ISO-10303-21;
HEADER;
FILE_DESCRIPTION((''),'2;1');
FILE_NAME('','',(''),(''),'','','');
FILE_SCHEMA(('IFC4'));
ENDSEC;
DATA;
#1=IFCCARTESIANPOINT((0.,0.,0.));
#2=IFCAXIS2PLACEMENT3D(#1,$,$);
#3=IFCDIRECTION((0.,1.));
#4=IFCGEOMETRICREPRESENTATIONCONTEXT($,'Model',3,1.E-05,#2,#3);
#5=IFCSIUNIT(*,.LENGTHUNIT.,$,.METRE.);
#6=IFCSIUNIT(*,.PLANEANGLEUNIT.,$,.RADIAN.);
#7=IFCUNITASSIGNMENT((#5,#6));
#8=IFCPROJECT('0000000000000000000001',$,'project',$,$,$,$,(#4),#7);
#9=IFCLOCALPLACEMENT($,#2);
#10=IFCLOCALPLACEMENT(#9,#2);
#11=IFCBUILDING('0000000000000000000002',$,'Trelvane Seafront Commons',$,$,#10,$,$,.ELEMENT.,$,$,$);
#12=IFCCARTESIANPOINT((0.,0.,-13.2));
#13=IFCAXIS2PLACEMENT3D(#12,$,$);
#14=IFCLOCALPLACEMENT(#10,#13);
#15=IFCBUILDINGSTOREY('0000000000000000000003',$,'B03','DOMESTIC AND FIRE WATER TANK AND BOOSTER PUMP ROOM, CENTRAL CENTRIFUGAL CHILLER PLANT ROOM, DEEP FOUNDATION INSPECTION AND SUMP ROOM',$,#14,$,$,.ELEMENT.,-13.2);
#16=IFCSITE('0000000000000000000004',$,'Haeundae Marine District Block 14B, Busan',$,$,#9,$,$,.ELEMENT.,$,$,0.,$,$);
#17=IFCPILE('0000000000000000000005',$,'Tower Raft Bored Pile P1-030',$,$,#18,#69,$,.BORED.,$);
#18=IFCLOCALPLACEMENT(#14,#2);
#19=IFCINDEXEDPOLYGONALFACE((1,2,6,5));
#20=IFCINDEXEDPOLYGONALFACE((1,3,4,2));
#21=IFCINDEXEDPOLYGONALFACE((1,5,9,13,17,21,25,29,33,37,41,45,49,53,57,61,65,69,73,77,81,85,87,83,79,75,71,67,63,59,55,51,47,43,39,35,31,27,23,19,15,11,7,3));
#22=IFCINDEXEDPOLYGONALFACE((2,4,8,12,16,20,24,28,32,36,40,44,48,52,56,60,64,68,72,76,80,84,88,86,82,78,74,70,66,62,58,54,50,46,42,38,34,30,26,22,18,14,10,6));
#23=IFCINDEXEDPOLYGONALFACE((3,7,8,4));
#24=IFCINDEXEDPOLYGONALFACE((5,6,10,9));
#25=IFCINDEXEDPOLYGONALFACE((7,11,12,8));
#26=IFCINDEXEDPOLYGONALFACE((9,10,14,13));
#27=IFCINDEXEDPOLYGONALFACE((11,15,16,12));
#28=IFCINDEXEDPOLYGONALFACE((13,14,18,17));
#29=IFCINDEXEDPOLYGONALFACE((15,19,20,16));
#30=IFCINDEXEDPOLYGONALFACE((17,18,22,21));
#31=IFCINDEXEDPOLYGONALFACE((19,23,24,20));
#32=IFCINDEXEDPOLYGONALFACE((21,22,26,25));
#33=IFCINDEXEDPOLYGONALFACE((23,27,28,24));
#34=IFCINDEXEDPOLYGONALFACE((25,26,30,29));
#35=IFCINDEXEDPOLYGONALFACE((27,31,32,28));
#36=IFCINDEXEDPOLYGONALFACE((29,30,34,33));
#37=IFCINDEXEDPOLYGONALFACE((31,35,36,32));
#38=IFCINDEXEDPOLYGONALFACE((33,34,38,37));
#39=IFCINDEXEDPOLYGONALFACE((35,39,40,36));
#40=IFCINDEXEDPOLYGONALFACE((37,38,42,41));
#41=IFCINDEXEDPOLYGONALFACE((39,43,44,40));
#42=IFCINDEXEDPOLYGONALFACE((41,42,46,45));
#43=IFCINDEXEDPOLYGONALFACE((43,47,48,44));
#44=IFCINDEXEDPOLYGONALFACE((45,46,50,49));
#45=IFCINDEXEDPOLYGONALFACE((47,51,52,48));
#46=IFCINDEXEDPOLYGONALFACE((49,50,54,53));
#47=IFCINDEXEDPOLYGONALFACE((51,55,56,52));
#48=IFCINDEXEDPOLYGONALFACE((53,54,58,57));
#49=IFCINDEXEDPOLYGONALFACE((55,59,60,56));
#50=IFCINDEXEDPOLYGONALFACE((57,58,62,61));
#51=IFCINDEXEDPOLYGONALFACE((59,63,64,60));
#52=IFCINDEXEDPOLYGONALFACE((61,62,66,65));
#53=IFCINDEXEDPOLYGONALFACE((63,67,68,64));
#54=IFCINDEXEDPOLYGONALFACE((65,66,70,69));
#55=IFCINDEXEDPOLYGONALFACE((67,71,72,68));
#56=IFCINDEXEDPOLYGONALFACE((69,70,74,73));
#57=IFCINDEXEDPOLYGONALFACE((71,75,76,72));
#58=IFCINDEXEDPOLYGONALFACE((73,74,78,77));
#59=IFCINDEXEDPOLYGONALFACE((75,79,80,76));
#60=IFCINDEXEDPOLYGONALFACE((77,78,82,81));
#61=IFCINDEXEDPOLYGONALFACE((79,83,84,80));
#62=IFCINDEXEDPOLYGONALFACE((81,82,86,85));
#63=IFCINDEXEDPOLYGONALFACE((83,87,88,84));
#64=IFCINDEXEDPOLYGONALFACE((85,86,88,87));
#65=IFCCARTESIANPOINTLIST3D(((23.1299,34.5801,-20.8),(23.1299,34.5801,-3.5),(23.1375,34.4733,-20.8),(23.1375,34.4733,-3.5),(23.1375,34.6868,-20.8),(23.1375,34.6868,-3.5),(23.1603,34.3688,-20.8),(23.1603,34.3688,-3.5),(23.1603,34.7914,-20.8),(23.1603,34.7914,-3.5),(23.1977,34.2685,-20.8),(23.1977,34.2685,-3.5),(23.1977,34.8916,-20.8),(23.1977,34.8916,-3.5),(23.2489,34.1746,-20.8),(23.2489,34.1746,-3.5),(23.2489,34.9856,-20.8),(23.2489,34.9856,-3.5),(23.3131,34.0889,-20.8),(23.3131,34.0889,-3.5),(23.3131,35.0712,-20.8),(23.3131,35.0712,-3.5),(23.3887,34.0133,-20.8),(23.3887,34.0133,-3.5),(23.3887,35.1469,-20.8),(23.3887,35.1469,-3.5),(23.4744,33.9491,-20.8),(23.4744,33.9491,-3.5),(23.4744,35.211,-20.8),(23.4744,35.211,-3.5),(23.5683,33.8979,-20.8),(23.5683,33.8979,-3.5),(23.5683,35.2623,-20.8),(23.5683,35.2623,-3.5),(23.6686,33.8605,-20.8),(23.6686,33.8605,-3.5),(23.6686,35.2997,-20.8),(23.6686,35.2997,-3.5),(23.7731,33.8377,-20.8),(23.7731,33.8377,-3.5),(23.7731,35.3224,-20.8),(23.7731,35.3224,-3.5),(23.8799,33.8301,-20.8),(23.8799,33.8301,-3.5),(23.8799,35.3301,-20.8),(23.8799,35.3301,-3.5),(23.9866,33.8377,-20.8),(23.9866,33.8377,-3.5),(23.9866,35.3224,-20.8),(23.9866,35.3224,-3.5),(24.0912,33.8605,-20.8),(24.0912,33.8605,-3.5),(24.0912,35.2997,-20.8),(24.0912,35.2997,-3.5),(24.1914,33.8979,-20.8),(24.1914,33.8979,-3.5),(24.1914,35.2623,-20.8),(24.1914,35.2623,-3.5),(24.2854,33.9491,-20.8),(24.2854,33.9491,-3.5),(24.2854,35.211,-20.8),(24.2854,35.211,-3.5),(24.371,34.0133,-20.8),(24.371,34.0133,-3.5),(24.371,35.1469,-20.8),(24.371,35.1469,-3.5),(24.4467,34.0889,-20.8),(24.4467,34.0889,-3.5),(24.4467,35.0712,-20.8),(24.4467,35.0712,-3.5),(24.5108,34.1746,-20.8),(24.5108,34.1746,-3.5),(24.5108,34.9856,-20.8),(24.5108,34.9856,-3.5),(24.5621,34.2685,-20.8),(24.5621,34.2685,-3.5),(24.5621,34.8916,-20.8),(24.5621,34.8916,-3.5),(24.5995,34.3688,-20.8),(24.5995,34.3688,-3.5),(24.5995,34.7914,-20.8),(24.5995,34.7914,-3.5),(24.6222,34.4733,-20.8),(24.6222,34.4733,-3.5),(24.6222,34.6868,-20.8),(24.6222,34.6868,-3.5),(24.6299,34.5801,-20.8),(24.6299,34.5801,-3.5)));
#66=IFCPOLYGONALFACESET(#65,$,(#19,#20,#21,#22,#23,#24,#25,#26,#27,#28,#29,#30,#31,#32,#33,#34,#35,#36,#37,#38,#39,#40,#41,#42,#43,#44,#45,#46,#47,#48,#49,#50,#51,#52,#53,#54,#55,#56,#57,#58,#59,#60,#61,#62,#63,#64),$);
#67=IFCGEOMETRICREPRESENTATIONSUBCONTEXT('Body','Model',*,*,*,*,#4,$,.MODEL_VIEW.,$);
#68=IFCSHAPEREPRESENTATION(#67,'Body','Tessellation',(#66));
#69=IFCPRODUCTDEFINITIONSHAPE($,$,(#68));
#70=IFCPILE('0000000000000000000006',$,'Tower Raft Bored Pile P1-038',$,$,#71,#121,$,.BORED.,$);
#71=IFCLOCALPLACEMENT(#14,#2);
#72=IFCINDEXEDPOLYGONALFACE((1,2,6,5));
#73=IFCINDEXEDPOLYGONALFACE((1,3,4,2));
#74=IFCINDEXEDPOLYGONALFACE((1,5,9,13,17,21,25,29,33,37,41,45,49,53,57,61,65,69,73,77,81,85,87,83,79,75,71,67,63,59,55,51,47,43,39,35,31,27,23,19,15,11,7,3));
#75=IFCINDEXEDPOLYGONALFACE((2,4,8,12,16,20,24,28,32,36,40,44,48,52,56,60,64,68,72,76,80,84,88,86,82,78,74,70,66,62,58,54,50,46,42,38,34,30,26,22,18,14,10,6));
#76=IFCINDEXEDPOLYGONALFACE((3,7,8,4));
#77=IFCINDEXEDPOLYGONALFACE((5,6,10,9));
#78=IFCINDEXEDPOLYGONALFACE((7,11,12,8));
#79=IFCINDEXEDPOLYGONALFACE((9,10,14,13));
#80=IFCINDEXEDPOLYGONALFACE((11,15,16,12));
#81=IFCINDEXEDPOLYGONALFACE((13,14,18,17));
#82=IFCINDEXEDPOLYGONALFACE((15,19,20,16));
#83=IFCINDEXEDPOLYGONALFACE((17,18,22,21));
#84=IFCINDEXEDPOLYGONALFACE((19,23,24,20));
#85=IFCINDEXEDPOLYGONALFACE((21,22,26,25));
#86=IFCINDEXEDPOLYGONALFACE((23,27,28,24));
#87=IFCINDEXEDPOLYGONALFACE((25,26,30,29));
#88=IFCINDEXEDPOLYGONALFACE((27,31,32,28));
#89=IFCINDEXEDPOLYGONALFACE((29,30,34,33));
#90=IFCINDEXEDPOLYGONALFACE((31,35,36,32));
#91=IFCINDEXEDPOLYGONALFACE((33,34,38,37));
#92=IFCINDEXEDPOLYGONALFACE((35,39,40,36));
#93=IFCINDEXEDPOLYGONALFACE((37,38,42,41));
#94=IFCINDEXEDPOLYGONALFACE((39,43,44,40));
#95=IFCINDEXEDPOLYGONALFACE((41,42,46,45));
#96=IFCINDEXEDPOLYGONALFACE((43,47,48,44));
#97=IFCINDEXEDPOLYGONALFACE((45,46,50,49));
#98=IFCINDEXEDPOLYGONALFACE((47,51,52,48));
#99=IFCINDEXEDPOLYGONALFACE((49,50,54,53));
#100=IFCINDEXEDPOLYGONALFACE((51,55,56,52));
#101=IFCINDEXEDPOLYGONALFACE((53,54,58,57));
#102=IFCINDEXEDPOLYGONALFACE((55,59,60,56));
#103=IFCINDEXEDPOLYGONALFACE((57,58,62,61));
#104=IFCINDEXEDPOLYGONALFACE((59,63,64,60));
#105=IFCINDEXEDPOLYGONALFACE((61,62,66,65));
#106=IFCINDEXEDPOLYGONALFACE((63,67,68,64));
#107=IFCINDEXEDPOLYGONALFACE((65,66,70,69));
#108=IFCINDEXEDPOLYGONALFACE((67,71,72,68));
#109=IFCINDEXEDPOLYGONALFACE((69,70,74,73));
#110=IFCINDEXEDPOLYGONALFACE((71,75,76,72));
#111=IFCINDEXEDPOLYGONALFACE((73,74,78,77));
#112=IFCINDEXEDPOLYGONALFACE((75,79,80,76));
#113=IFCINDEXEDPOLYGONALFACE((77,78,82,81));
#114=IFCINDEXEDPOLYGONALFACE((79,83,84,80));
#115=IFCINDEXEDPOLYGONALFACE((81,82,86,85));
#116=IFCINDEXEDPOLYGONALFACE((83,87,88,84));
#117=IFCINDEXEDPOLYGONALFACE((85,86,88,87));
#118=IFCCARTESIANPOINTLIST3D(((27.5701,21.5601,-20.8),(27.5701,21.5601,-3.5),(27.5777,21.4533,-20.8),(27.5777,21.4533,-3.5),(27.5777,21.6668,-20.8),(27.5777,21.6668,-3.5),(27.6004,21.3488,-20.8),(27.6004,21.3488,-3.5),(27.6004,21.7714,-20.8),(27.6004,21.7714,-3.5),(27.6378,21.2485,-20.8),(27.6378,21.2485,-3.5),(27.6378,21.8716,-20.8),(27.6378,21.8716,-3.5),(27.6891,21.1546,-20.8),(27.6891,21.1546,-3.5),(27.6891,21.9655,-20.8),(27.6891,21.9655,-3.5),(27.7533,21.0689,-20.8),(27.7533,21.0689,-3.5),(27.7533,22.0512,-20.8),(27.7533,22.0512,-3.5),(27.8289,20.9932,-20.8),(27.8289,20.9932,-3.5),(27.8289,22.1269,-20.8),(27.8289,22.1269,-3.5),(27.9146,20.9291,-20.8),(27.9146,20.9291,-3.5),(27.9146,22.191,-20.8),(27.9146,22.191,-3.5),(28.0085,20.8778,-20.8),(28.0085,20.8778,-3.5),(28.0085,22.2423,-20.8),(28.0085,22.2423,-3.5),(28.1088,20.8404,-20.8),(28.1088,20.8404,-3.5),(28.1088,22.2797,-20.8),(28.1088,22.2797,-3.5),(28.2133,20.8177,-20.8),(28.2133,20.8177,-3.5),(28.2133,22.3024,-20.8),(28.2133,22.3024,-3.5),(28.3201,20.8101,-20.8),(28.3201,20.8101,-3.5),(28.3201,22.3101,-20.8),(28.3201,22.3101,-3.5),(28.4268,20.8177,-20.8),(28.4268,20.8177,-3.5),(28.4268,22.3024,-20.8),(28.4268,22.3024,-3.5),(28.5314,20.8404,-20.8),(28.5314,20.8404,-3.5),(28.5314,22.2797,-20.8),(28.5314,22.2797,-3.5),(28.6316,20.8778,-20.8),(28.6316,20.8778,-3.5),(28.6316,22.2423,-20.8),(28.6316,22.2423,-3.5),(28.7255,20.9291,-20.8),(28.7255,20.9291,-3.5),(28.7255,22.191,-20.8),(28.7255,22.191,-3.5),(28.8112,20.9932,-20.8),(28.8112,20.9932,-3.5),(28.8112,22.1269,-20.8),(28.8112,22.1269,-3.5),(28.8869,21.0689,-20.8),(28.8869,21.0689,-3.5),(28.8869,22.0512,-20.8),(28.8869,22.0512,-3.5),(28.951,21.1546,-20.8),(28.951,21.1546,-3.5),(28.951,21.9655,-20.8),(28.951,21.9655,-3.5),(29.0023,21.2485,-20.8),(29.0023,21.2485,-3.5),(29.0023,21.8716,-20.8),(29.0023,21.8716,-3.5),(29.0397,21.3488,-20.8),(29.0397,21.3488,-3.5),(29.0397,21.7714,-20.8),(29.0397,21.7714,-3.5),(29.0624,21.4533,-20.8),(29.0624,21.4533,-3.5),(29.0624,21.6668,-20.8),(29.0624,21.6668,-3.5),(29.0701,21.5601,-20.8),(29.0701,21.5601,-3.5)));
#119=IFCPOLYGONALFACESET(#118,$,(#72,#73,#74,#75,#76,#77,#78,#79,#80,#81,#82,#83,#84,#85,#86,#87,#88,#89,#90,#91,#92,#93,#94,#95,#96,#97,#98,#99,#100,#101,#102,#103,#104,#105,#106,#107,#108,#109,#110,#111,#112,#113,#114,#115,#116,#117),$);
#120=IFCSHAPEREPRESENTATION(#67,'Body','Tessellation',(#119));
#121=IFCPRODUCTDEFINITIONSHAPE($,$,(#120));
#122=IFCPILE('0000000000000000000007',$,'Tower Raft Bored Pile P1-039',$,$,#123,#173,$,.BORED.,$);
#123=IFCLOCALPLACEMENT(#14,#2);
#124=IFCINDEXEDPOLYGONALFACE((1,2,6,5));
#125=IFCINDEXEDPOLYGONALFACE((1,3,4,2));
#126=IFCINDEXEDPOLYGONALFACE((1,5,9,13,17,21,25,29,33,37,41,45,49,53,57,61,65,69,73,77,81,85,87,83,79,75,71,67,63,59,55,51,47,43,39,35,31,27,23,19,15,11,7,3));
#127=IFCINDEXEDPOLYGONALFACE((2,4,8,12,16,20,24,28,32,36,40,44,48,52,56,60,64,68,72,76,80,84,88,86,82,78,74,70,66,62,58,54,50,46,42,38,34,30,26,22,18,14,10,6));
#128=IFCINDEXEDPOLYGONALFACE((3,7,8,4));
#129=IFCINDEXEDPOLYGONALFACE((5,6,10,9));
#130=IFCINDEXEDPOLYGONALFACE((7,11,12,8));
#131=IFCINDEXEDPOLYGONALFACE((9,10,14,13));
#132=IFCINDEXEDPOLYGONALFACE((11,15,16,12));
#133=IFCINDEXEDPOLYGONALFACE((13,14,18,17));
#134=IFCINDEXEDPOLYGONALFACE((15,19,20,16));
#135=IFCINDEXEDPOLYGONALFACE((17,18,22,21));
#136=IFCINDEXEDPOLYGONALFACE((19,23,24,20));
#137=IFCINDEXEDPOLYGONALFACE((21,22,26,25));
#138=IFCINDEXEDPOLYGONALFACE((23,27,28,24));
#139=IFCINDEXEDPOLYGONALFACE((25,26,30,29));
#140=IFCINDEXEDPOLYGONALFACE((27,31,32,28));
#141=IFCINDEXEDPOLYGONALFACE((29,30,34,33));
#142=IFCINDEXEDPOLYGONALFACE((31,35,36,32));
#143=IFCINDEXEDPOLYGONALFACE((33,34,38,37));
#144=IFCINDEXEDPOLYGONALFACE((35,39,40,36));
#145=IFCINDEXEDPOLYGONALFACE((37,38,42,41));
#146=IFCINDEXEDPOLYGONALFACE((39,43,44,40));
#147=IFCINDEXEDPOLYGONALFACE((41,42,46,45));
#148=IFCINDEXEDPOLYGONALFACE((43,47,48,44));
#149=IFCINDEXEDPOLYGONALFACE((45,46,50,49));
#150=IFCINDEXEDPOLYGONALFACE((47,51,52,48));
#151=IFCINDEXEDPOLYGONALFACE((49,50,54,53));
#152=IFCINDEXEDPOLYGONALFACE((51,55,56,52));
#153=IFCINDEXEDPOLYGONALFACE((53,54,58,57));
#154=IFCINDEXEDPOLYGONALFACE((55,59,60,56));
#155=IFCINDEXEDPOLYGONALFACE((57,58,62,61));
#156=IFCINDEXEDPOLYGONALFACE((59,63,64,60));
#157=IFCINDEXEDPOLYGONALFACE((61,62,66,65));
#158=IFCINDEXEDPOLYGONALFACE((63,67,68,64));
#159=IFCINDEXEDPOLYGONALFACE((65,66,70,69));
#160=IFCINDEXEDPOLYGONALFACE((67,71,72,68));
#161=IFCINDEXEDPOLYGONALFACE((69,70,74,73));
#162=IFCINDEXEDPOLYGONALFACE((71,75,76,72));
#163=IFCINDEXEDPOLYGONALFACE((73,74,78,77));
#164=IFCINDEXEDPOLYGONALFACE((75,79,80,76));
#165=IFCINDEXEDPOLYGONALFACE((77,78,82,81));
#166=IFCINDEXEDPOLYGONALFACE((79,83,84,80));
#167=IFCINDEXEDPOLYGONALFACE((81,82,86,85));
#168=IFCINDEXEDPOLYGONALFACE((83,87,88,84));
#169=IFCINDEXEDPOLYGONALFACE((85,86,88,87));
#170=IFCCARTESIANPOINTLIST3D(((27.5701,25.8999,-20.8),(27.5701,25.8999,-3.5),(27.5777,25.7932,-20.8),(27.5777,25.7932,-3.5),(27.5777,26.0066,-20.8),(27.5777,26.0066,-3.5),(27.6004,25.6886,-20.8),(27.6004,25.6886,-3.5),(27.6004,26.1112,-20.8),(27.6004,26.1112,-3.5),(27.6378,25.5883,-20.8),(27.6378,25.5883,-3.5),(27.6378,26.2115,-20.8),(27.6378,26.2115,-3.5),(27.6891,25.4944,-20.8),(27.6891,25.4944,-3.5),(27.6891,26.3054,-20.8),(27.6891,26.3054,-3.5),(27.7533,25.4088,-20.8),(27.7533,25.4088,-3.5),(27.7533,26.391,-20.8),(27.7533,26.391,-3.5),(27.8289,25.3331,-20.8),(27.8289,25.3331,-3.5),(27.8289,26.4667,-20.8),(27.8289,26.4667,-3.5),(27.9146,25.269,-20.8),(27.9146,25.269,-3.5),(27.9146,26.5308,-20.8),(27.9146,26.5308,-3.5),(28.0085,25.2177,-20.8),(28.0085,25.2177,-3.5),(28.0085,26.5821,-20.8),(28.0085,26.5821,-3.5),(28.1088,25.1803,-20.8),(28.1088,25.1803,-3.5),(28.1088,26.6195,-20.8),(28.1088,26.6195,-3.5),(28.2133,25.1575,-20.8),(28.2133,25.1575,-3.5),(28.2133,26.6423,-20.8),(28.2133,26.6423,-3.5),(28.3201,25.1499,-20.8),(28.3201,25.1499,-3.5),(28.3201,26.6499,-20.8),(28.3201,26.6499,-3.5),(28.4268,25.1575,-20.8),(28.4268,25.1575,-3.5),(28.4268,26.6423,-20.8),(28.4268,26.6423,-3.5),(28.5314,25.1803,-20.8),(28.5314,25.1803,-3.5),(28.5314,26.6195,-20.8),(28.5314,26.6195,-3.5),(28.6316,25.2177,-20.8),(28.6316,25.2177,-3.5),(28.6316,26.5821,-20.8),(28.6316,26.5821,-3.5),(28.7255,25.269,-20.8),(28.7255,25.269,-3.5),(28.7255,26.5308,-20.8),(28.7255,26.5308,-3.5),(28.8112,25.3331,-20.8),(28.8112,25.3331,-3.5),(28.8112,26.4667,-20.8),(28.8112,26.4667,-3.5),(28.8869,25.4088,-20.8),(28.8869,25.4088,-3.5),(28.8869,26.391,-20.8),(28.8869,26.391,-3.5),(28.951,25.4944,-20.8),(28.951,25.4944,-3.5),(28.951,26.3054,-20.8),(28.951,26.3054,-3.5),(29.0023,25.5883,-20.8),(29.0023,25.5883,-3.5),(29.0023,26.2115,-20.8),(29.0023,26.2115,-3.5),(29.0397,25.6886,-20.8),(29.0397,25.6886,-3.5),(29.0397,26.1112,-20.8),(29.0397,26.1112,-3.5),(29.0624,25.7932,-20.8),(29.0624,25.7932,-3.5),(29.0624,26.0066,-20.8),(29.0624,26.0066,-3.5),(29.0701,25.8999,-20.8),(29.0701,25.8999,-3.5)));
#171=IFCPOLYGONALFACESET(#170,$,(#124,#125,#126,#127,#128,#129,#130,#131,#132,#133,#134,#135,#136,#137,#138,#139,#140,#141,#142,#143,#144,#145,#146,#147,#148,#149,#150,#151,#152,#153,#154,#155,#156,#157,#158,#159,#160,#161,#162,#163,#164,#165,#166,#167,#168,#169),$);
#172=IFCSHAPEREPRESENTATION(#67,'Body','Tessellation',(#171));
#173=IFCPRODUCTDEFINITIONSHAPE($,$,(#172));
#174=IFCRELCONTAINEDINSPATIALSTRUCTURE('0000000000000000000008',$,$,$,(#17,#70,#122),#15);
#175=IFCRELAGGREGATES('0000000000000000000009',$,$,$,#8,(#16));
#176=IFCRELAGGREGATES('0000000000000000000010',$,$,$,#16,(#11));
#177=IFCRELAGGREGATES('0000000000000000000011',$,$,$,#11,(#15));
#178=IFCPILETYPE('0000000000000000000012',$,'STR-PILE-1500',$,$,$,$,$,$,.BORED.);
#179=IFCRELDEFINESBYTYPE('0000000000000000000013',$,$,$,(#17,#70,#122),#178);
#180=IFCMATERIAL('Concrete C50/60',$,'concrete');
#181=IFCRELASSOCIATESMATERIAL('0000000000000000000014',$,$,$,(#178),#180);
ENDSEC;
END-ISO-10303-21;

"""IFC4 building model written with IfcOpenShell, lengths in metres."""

from ifc_helpers import new_model, si_unit, direction, frame, origin, origin_2d, place, context, subcontext, project, spatial, circle, extrude, source, transform, mapped, material, material_profile, profile_set, type_object, element, save


model = new_model("IFC4")

# Units and contexts
model_context = context("Model", 3, precision=1e-05, world=origin(), true_north=direction((0.0, 1.0)))
body_context = subcontext(model_context, "Body", "Model", "MODEL_VIEW")
ifc_project = project(units=[si_unit("LENGTHUNIT", "METRE"), si_unit("PLANEANGLEUNIT", "RADIAN")], contexts=[model_context])

# Site, building, storey
site_placement = place(None, origin())
site = spatial("IfcSite", under=ifc_project, at=site_placement, Name="Haeundae Marine District Block 14B, Busan", CompositionType="ELEMENT", RefElevation=0.0)
building_placement = place(site_placement, origin())
building = spatial("IfcBuilding", under=site, at=building_placement, Name="Trelvane Seafront Commons", CompositionType="ELEMENT")
storey_placement = place(building_placement, frame((0.0, 0.0, -13.2)))
storey = spatial("IfcBuildingStorey", under=building, at=storey_placement, Name="B03", Description="DOMESTIC AND FIRE WATER TANK AND BOOSTER PUMP ROOM, CENTRAL CENTRIFUGAL CHILLER PLANT ROOM, DEEP FOUNDATION INSPECTION AND SUMP ROOM", CompositionType="ELEMENT", Elevation=-13.2)

# Piles
ifc_material_1 = material(Name="Concrete C50/60", Category="concrete")
ifc_material_profile_1 = material_profile(ifc_material_1, circle(Radius=0.75, at=origin_2d()), Name="PILE-1500")
ifc_profile_set_1 = profile_set([ifc_material_profile_1], Name="Concrete C50/60")
pile_type = type_object("IfcPileType", Name="STR-PILE-1500", PredefinedType="BORED", material=ifc_profile_set_1)
shared_shape_1 = source(origin(), body_context, "Body", "SweptSolid", [
    extrude(circle(Radius=0.75, at=origin_2d()), origin(), (0.0, 0.0, 1.0), 17.3),
])
for number, where, z_axis, x_axis, name in (
    (1, (23.8799, 34.5801, -3.5), (0.0, 0.0, -1.0), (1.0, 0.0, 0.0), "Tower Raft Bored Pile P1-030"),
    (2, (28.3201, 21.5601, -3.5), (0.0, 0.0, -1.0), (1.0, 0.0, 0.0), "Tower Raft Bored Pile P1-038"),
    (3, (28.3201, 25.8999, -3.5), (0.0, 0.0, -1.0), (1.0, 0.0, 0.0), "Tower Raft Bored Pile P1-039"),
):
    element("IfcPile", number, at=place(storey_placement, frame(where, z_axis=z_axis, x_axis=x_axis)), inside=storey, type_object=pile_type, Name=name, PredefinedType="BORED", context=body_context, shape_type="MappedRepresentation", body=[
        mapped(shared_shape_1, transform((0.0, 0.0, 0.0), x_axis=(1.0, 0.0, 0.0), y_axis=(0.0, 1.0, 0.0), z_axis=(0.0, 0.0, 1.0), scale=1.0)),
    ])

save(model, "model.ifc")
